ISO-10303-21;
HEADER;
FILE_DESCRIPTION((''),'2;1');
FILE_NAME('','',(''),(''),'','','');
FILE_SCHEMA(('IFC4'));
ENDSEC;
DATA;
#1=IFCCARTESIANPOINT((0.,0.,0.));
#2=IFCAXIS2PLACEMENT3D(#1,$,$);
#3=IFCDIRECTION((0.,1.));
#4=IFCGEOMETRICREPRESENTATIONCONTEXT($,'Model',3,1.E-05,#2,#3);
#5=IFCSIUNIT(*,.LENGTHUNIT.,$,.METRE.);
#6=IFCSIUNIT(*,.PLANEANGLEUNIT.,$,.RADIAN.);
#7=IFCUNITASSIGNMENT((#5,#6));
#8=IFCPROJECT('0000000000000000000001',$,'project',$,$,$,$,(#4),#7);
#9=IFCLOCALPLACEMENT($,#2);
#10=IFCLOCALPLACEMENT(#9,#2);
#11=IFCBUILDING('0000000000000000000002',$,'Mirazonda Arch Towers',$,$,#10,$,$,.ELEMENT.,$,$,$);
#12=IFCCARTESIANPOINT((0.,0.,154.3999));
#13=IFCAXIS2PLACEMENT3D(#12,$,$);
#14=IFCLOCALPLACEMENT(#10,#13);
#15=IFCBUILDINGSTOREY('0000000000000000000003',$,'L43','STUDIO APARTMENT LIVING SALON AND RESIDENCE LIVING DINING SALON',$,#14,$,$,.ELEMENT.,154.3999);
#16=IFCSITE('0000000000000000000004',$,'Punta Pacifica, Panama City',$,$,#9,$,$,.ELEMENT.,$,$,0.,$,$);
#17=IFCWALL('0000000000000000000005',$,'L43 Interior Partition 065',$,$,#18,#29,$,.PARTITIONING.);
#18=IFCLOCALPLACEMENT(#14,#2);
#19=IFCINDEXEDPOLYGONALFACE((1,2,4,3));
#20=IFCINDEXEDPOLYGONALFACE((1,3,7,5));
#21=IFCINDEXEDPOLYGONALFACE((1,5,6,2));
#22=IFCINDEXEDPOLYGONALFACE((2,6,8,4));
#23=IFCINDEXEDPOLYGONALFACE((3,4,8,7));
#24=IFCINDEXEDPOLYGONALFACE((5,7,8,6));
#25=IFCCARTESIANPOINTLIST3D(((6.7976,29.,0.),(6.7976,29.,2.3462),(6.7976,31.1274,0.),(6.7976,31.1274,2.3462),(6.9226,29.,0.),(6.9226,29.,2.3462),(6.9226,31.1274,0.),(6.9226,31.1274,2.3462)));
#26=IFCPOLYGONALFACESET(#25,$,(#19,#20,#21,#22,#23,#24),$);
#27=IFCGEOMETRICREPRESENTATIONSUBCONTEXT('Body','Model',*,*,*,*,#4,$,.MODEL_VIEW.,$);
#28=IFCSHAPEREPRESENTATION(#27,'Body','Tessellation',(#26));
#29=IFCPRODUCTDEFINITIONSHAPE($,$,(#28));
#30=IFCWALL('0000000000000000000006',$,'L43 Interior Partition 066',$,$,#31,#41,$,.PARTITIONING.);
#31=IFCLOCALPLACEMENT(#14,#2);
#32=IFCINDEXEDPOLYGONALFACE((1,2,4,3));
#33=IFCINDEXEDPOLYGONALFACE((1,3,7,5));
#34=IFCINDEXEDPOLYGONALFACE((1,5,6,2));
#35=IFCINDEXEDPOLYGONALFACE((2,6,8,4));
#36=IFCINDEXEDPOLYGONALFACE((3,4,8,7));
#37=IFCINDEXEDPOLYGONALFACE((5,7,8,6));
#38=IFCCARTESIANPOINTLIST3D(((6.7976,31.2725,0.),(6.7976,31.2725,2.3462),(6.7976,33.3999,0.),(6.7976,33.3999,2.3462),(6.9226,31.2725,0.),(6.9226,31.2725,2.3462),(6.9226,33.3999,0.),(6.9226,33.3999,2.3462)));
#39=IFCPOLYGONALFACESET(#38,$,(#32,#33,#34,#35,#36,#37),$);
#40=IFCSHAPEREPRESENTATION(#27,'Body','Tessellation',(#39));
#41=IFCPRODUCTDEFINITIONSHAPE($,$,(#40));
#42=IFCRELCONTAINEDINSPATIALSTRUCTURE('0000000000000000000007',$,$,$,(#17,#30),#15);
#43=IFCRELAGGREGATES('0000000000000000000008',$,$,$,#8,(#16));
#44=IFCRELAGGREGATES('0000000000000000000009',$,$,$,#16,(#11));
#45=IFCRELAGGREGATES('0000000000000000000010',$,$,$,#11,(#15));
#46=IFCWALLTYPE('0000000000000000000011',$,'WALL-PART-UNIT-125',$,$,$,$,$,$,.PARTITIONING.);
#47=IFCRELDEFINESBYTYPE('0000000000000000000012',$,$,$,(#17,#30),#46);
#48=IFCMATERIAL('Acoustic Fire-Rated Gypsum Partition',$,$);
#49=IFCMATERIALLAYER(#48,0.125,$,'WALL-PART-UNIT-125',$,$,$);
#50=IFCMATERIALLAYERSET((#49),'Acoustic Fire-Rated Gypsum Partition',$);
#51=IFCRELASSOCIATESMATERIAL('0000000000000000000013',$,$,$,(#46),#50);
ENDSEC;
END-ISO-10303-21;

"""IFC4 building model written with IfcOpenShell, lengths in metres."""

from ifc_helpers import new_model, si_unit, direction, frame, frame_2d, origin, place, context, subcontext, project, spatial, rectangle, extrude, material, layer, layer_set, type_object, element, save


model = new_model("IFC4")

# Units and contexts
model_context = context("Model", 3, precision=1e-05, world=origin(), true_north=direction((0.0, 1.0)))
body_context = subcontext(model_context, "Body", "Model", "MODEL_VIEW")
ifc_project = project(units=[si_unit("LENGTHUNIT", "METRE"), si_unit("PLANEANGLEUNIT", "RADIAN")], contexts=[model_context])

# Site, building, storey
site_placement = place(None, origin())
site = spatial("IfcSite", under=ifc_project, at=site_placement, Name="Punta Pacifica, Panama City", CompositionType="ELEMENT", RefElevation=0.0)
building_placement = place(site_placement, origin())
building = spatial("IfcBuilding", under=site, at=building_placement, Name="Mirazonda Arch Towers", CompositionType="ELEMENT")
storey_placement = place(building_placement, frame((0.0, 0.0, 154.3999)))
storey = spatial("IfcBuildingStorey", under=building, at=storey_placement, Name="L43", Description="STUDIO APARTMENT LIVING SALON AND RESIDENCE LIVING DINING SALON", CompositionType="ELEMENT", Elevation=154.3999)

# Walls
ifc_material_1 = material(Name="Acoustic Fire-Rated Gypsum Partition")
ifc_layer_1 = layer(ifc_material_1, 0.125, Name="WALL-PART-UNIT-125")
ifc_layer_set_1 = layer_set([ifc_layer_1], Name="Acoustic Fire-Rated Gypsum Partition")
wall_type_1 = type_object("IfcWallType", Name="WALL-PART-UNIT-125", PredefinedType="PARTITIONING", material=ifc_layer_set_1)
for number, where, z_axis, x_axis, name in (
    (1, (6.8601, 29.0, 0.0), (0.0, 0.0, 1.0), (0.0, 1.0, 0.0), "L43 Interior Partition 065"),
    (2, (6.8601, 31.2725, 0.0), (0.0, 0.0, 1.0), (0.0, 1.0, 0.0), "L43 Interior Partition 066"),
):
    element("IfcWall", number, at=place(storey_placement, frame(where, z_axis=z_axis, x_axis=x_axis)), inside=storey, type_object=wall_type_1, Name=name, PredefinedType="PARTITIONING", context=body_context, shape_type="SweptSolid", body=[
        extrude(rectangle(XDim=2.1274, YDim=0.125, at=frame_2d((1.0637, 0.0))), origin(), (0.0, 0.0, 1.0), 2.3462),
    ])

save(model, "model.ifc")
